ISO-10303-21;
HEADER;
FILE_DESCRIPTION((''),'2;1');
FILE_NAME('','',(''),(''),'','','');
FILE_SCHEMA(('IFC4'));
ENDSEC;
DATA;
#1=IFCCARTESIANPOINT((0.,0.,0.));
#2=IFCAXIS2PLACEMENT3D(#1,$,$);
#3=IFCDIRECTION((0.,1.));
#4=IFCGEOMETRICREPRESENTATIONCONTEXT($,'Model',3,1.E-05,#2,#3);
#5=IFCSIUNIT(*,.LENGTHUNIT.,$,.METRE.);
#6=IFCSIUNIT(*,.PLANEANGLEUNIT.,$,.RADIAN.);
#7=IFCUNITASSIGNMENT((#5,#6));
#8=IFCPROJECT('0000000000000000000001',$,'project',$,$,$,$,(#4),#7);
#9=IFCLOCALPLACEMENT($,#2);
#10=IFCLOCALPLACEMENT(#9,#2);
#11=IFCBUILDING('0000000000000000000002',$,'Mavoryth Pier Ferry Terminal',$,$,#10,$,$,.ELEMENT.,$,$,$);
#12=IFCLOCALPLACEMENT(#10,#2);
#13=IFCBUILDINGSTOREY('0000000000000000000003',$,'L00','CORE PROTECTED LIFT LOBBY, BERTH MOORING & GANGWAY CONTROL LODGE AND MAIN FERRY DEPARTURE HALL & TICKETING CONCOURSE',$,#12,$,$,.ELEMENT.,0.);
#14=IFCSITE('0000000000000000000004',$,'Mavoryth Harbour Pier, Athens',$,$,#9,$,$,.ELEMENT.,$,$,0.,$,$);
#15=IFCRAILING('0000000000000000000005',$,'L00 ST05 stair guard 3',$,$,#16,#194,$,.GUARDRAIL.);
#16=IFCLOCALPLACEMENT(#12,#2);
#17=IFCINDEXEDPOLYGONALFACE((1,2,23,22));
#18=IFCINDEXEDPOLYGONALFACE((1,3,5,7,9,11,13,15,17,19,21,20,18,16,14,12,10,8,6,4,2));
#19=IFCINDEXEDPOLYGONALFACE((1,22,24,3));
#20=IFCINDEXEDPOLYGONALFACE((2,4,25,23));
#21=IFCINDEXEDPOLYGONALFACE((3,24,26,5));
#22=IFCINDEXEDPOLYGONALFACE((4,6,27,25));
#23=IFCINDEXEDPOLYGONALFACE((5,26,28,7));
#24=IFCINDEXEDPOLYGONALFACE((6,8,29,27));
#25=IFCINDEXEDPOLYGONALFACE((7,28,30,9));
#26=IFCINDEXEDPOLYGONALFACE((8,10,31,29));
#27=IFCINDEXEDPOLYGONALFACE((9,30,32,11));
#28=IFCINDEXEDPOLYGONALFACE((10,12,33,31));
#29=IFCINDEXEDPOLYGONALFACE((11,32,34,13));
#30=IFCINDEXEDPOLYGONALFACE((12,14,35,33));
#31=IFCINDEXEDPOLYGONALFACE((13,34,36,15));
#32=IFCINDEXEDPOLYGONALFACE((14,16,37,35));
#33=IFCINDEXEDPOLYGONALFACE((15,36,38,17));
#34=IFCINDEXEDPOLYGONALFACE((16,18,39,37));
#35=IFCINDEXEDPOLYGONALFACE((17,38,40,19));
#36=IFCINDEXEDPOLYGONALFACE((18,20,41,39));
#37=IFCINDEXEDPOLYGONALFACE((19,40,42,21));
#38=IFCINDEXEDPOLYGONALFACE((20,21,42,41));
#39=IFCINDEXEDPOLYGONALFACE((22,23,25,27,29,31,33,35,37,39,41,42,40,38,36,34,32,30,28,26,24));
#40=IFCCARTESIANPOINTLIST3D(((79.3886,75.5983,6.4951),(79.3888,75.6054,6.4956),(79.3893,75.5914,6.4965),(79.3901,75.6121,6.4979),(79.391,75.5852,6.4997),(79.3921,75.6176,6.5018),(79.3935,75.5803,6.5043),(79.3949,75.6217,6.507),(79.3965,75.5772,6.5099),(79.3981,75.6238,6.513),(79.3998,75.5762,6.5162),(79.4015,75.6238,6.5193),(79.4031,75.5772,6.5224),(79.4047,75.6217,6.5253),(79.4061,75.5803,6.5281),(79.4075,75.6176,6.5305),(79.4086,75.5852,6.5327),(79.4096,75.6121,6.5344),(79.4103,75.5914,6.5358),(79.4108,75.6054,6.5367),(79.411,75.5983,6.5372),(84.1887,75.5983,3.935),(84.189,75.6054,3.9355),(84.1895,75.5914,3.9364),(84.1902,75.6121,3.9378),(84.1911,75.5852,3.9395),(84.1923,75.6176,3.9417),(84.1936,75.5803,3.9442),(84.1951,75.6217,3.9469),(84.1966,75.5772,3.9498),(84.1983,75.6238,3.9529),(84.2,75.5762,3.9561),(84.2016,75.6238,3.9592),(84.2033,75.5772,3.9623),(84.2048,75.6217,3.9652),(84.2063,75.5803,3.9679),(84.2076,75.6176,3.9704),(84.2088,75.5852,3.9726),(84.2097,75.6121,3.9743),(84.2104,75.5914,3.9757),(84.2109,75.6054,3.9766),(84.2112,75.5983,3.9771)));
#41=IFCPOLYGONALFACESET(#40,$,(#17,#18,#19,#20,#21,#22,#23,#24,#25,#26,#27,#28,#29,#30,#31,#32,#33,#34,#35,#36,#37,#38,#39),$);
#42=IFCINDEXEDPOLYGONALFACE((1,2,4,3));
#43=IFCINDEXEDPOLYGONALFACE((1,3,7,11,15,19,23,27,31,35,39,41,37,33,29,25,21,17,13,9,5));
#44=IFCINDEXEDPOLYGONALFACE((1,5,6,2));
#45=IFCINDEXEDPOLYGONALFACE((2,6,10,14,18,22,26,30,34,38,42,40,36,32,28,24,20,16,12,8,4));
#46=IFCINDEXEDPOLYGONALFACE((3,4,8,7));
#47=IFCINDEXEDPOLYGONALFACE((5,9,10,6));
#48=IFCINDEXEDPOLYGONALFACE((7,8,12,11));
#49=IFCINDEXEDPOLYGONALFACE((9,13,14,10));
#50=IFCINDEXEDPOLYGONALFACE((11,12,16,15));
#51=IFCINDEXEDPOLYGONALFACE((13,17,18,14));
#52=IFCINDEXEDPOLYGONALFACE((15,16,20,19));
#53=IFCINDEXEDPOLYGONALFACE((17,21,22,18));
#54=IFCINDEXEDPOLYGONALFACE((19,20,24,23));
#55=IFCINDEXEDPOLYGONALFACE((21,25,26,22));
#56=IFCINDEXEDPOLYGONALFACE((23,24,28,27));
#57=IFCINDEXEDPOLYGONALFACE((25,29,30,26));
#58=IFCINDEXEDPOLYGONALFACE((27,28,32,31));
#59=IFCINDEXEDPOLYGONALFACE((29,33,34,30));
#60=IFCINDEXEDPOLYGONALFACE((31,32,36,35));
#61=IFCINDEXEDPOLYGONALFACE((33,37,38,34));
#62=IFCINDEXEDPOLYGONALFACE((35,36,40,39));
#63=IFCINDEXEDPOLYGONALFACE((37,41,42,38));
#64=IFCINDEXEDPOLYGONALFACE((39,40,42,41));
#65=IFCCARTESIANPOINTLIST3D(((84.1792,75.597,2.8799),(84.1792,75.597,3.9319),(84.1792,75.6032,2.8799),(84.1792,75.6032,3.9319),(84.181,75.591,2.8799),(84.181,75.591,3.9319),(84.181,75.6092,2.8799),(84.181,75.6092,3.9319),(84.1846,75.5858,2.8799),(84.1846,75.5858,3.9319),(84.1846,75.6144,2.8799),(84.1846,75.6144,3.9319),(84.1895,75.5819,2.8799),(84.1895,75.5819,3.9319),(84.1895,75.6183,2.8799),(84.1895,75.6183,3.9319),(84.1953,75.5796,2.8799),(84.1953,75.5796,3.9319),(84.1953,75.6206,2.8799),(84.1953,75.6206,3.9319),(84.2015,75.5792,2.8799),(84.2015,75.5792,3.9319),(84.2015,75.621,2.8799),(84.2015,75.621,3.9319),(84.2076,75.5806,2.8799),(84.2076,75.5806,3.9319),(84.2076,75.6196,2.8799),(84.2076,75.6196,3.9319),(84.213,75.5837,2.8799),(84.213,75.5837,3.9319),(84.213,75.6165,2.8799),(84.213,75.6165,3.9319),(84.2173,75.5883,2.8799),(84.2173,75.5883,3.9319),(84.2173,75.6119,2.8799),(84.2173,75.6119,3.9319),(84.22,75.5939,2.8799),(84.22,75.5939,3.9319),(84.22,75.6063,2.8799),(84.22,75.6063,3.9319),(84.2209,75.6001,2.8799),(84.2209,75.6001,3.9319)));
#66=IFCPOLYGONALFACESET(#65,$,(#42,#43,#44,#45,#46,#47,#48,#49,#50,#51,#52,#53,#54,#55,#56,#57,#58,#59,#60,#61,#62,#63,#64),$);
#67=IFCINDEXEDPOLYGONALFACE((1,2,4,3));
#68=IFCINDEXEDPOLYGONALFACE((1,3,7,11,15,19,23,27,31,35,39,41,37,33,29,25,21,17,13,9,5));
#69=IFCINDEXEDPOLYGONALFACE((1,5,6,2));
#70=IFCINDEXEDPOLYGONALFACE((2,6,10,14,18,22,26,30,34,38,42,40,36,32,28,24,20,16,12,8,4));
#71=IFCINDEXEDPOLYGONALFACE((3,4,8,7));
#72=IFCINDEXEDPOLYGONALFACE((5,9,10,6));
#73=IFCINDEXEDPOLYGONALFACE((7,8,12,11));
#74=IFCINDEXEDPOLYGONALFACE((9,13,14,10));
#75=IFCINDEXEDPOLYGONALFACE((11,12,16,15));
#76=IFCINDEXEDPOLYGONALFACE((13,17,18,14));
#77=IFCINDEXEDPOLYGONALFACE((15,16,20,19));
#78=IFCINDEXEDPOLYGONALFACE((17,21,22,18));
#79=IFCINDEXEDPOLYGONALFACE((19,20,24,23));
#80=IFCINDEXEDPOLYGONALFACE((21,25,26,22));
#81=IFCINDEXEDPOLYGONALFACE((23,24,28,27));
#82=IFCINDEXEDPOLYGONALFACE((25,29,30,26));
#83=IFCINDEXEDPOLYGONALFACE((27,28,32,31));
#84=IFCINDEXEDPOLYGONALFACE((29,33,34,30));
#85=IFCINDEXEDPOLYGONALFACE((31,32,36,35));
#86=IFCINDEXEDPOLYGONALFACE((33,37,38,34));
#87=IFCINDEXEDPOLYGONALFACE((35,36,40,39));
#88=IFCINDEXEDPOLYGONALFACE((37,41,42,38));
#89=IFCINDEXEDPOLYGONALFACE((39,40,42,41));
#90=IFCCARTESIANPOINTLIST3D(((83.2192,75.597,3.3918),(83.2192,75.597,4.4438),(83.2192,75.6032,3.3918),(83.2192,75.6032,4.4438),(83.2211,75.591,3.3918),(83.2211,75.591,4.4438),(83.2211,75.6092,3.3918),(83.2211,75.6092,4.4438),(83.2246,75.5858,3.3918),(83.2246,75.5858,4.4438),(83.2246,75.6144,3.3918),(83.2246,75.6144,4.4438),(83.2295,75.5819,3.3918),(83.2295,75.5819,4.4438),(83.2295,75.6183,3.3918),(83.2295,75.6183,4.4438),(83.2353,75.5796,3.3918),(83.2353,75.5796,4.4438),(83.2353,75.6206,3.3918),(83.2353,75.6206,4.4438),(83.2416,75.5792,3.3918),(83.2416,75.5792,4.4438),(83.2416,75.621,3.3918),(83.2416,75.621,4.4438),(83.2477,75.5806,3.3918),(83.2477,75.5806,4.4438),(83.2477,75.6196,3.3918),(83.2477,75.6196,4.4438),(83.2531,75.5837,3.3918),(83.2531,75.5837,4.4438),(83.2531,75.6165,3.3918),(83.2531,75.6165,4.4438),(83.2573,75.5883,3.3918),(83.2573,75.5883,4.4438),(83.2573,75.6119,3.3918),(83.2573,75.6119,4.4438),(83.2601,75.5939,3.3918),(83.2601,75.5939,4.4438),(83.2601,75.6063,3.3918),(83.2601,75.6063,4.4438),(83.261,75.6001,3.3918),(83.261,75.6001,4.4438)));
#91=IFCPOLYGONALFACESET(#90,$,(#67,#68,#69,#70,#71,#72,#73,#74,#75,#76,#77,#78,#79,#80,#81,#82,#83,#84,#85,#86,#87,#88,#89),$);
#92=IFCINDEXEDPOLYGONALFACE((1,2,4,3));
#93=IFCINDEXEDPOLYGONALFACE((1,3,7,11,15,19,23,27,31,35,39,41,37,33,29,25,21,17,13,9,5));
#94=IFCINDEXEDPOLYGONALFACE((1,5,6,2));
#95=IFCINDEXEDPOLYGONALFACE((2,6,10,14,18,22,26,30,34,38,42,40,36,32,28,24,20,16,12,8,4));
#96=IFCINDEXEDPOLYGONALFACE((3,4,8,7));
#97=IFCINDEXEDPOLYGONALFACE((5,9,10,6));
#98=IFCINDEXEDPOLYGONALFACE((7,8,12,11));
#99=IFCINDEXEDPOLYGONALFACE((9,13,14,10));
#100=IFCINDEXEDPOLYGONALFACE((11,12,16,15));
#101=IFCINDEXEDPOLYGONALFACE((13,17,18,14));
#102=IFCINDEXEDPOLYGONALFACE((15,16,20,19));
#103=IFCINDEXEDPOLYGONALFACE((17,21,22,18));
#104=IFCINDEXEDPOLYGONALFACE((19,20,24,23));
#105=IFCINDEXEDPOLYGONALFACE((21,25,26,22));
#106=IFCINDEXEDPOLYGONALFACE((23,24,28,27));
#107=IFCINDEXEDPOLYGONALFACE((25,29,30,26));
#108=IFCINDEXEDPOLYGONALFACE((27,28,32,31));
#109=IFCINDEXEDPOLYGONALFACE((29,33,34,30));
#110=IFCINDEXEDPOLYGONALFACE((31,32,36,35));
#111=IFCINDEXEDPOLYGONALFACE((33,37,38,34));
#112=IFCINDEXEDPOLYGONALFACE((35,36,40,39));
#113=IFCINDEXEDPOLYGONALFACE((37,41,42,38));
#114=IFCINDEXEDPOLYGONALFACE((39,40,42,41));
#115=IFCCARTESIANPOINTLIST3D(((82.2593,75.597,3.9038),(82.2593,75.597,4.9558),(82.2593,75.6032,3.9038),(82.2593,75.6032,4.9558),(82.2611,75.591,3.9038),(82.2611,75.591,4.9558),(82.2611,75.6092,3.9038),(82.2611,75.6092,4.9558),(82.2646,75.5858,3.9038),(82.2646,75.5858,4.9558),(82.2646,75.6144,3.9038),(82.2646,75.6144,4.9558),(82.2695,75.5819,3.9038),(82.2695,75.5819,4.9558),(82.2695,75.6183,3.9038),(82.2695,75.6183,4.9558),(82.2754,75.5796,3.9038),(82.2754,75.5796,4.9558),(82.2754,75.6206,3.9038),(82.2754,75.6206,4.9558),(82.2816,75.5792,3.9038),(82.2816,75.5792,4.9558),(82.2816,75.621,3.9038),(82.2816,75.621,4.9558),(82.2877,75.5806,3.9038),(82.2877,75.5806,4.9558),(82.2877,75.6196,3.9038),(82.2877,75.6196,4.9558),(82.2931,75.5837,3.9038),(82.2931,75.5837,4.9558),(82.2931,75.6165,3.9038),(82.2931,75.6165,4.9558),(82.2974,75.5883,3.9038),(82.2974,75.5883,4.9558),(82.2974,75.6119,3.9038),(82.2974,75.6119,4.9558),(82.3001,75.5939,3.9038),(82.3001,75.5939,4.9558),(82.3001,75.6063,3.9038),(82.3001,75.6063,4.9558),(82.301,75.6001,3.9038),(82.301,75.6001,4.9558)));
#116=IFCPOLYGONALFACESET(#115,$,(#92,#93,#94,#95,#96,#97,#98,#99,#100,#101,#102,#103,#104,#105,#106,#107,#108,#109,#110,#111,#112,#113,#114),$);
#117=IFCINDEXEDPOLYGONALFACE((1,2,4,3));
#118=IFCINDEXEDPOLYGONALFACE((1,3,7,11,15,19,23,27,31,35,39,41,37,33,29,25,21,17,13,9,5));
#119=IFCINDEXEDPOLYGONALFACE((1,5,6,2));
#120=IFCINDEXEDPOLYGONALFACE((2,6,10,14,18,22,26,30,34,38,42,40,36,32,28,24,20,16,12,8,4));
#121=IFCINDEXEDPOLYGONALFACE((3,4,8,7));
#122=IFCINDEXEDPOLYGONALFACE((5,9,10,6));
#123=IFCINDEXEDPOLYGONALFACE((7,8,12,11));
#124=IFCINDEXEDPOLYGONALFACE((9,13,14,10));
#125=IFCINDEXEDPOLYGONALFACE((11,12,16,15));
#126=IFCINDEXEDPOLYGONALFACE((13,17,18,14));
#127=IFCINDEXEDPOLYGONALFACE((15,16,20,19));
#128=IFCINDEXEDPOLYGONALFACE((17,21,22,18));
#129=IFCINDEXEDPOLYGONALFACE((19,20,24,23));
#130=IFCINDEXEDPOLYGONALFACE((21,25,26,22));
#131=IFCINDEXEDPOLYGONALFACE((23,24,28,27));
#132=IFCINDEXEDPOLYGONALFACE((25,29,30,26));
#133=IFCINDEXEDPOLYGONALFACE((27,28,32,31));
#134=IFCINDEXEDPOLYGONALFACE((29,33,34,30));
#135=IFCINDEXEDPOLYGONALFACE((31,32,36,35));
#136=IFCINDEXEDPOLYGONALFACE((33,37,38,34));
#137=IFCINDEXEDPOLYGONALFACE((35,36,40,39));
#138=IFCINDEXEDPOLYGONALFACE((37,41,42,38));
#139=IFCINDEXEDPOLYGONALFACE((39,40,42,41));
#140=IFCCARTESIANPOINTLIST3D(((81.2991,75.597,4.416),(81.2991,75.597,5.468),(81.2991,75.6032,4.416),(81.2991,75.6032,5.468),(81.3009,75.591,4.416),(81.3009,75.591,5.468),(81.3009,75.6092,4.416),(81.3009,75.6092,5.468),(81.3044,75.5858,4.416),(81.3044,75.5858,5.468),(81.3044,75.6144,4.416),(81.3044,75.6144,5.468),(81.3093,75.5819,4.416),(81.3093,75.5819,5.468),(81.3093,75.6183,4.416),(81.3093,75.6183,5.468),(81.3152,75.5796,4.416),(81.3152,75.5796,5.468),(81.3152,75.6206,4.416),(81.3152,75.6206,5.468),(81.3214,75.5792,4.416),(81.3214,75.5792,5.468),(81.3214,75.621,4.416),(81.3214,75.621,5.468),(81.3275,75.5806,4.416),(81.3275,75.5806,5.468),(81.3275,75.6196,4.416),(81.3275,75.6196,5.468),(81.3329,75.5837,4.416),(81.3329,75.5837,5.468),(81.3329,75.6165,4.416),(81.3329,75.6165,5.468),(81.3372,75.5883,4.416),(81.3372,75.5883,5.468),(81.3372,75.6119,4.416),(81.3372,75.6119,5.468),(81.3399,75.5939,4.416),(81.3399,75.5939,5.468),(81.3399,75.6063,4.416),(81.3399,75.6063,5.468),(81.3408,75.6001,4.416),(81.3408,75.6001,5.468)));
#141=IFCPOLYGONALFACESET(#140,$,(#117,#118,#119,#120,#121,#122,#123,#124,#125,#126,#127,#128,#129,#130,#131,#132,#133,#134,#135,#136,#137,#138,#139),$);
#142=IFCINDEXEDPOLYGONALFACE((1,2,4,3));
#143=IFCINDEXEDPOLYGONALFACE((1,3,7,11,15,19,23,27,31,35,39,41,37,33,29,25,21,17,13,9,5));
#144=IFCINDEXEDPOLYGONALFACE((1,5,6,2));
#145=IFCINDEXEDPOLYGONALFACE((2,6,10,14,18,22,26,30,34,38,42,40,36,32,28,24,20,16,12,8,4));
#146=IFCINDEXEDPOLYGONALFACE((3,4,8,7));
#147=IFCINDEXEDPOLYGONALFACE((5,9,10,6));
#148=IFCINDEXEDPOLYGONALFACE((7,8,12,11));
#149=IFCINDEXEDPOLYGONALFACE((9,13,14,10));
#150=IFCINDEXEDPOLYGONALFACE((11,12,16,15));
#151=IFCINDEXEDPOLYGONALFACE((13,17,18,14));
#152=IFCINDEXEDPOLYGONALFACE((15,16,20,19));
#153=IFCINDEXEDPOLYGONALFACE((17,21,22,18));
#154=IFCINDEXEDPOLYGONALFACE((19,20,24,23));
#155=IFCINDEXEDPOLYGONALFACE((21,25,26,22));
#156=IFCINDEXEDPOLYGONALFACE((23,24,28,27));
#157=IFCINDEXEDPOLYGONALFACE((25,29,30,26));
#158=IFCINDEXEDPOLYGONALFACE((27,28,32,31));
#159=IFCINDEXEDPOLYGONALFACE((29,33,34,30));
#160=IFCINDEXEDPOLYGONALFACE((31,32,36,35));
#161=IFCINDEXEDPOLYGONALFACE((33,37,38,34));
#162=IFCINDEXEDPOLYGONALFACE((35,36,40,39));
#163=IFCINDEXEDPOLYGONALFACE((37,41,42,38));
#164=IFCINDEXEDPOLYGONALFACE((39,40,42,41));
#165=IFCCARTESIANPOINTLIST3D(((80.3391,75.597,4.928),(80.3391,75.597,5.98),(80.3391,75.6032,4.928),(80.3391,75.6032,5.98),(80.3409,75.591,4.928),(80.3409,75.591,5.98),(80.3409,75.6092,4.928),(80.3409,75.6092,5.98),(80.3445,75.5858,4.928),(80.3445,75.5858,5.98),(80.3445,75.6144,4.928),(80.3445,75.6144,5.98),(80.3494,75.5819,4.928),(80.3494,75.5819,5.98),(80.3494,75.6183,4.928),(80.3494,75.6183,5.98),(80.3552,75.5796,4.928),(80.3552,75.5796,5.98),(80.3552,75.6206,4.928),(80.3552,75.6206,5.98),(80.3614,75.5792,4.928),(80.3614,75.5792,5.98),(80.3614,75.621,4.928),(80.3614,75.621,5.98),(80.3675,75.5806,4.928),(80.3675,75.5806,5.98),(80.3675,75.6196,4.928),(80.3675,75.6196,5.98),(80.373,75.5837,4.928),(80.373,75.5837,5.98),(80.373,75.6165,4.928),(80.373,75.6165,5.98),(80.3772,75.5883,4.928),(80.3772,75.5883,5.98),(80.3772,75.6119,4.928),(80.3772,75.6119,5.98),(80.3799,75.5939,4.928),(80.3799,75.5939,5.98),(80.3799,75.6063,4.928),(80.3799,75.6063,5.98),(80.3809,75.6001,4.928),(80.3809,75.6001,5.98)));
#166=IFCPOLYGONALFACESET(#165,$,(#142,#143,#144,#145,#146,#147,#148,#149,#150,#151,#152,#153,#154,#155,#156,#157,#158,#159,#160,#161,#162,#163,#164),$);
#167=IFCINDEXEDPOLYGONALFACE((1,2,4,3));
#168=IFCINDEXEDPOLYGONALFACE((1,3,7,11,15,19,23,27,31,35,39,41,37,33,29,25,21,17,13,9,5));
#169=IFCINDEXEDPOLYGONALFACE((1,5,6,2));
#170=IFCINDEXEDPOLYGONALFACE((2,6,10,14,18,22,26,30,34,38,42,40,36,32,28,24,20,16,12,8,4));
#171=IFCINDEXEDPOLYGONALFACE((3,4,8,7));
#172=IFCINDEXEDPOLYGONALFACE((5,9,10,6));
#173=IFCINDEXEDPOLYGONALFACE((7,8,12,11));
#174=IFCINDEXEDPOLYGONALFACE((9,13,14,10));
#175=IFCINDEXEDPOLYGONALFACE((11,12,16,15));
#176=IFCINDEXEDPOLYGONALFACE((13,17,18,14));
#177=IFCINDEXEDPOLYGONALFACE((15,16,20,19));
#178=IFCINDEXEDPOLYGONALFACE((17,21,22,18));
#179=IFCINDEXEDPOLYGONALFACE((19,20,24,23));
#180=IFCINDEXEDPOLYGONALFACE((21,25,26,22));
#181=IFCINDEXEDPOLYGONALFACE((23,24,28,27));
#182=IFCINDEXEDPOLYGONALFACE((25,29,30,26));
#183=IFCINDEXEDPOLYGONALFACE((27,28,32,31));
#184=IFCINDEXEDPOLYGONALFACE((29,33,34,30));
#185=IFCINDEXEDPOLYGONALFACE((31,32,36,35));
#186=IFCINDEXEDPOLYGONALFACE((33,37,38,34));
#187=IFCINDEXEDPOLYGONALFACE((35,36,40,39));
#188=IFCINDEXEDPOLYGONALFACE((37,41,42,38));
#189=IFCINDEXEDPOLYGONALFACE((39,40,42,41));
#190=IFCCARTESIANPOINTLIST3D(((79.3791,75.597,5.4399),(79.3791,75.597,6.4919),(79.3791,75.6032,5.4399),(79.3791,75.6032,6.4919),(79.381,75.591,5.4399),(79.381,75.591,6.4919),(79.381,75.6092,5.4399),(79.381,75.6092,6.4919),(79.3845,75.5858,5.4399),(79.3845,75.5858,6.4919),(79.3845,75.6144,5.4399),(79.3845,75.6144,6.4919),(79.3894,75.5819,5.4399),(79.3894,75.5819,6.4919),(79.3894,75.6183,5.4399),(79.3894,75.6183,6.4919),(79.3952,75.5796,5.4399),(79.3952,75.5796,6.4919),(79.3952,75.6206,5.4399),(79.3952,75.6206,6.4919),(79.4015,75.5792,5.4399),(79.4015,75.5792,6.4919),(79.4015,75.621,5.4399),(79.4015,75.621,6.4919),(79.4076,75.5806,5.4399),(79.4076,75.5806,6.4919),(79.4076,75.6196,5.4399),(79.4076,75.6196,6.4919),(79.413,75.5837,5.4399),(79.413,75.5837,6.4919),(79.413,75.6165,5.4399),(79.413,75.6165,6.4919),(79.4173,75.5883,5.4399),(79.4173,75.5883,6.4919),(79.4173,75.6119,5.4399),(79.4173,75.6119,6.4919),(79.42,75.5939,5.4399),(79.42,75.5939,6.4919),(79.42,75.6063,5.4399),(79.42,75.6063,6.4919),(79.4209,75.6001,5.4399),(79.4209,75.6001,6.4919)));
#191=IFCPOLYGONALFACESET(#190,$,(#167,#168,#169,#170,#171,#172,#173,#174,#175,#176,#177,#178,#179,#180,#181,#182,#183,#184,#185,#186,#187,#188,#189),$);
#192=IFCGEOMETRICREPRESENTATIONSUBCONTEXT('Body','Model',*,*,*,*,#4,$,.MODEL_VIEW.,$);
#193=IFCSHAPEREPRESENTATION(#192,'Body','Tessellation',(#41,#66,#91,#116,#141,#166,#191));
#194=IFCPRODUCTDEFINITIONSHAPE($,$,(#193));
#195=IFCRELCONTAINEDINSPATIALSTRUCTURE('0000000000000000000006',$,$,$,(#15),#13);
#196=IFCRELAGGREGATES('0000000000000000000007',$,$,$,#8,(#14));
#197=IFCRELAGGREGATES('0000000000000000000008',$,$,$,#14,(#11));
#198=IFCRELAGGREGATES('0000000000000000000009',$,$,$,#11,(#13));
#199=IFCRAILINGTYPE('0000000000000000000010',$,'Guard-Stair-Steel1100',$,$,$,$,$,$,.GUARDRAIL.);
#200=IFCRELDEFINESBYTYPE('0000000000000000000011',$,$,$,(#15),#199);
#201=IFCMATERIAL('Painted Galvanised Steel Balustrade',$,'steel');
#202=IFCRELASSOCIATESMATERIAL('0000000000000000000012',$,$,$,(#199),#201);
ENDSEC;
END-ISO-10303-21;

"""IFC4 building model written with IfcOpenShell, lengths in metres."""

from ifc_helpers import new_model, si_unit, direction, frame, origin, origin_2d, place, context, subcontext, project, spatial, circle, extrude, material, type_object, element, save


model = new_model("IFC4")

# Units and contexts
model_context = context("Model", 3, precision=1e-05, world=origin(), true_north=direction((0.0, 1.0)))
body_context = subcontext(model_context, "Body", "Model", "MODEL_VIEW")
ifc_project = project(units=[si_unit("LENGTHUNIT", "METRE"), si_unit("PLANEANGLEUNIT", "RADIAN")], contexts=[model_context])

# Site, building, storey
site_placement = place(None, origin())
site = spatial("IfcSite", under=ifc_project, at=site_placement, Name="Mavoryth Harbour Pier, Athens", CompositionType="ELEMENT", RefElevation=0.0)
building_placement = place(site_placement, origin())
building = spatial("IfcBuilding", under=site, at=building_placement, Name="Mavoryth Pier Ferry Terminal", CompositionType="ELEMENT")
storey_placement = place(building_placement, origin())
storey = spatial("IfcBuildingStorey", under=building, at=storey_placement, Name="L00", Description="CORE PROTECTED LIFT LOBBY, BERTH MOORING & GANGWAY CONTROL LODGE AND MAIN FERRY DEPARTURE HALL & TICKETING CONCOURSE", CompositionType="ELEMENT", Elevation=0.0)

# Railing
ifc_material_1 = material(Name="Painted Galvanised Steel Balustrade", Category="steel")
railing_type_1 = type_object("IfcRailingType", Name="Guard-Stair-Steel1100", PredefinedType="GUARDRAIL", material=ifc_material_1)
railing_1_placement = place(storey_placement, frame((84.2, 75.6001, 2.8799)))
element("IfcRailing", 1, at=railing_1_placement, inside=storey, type_object=railing_type_1, Name="L00 ST05 stair guard 3", PredefinedType="GUARDRAIL", context=body_context, shape_type="SweptSolid", body=[
    extrude(circle(Radius=0.0239, at=origin_2d()), frame((0.0, 0.0, 1.0762), z_axis=(-0.88235, 0.0, 0.470593), x_axis=(0.0, -1.0, 0.0)), (0.0, 0.0, 1.0), 5.4402),
    extrude(circle(Radius=0.021, at=origin_2d()), origin(), (0.0, 0.0, 1.0), 1.052),
    extrude(circle(Radius=0.021, at=origin_2d()), frame((-0.96, 0.0, 0.512)), (0.0, 0.0, 1.0), 1.052),
    extrude(circle(Radius=0.021, at=origin_2d()), frame((-1.9199, 0.0, 1.0239)), (0.0, 0.0, 1.0), 1.052),
    extrude(circle(Radius=0.021, at=origin_2d()), frame((-2.8801, 0.0, 1.5361)), (0.0, 0.0, 1.0), 1.052),
    extrude(circle(Radius=0.021, at=origin_2d()), frame((-3.8401, 0.0, 2.0481)), (0.0, 0.0, 1.0), 1.052),
    extrude(circle(Radius=0.021, at=origin_2d()), frame((-4.8, 0.0, 2.5601)), (0.0, 0.0, 1.0), 1.052),
])

save(model, "model.ifc")
